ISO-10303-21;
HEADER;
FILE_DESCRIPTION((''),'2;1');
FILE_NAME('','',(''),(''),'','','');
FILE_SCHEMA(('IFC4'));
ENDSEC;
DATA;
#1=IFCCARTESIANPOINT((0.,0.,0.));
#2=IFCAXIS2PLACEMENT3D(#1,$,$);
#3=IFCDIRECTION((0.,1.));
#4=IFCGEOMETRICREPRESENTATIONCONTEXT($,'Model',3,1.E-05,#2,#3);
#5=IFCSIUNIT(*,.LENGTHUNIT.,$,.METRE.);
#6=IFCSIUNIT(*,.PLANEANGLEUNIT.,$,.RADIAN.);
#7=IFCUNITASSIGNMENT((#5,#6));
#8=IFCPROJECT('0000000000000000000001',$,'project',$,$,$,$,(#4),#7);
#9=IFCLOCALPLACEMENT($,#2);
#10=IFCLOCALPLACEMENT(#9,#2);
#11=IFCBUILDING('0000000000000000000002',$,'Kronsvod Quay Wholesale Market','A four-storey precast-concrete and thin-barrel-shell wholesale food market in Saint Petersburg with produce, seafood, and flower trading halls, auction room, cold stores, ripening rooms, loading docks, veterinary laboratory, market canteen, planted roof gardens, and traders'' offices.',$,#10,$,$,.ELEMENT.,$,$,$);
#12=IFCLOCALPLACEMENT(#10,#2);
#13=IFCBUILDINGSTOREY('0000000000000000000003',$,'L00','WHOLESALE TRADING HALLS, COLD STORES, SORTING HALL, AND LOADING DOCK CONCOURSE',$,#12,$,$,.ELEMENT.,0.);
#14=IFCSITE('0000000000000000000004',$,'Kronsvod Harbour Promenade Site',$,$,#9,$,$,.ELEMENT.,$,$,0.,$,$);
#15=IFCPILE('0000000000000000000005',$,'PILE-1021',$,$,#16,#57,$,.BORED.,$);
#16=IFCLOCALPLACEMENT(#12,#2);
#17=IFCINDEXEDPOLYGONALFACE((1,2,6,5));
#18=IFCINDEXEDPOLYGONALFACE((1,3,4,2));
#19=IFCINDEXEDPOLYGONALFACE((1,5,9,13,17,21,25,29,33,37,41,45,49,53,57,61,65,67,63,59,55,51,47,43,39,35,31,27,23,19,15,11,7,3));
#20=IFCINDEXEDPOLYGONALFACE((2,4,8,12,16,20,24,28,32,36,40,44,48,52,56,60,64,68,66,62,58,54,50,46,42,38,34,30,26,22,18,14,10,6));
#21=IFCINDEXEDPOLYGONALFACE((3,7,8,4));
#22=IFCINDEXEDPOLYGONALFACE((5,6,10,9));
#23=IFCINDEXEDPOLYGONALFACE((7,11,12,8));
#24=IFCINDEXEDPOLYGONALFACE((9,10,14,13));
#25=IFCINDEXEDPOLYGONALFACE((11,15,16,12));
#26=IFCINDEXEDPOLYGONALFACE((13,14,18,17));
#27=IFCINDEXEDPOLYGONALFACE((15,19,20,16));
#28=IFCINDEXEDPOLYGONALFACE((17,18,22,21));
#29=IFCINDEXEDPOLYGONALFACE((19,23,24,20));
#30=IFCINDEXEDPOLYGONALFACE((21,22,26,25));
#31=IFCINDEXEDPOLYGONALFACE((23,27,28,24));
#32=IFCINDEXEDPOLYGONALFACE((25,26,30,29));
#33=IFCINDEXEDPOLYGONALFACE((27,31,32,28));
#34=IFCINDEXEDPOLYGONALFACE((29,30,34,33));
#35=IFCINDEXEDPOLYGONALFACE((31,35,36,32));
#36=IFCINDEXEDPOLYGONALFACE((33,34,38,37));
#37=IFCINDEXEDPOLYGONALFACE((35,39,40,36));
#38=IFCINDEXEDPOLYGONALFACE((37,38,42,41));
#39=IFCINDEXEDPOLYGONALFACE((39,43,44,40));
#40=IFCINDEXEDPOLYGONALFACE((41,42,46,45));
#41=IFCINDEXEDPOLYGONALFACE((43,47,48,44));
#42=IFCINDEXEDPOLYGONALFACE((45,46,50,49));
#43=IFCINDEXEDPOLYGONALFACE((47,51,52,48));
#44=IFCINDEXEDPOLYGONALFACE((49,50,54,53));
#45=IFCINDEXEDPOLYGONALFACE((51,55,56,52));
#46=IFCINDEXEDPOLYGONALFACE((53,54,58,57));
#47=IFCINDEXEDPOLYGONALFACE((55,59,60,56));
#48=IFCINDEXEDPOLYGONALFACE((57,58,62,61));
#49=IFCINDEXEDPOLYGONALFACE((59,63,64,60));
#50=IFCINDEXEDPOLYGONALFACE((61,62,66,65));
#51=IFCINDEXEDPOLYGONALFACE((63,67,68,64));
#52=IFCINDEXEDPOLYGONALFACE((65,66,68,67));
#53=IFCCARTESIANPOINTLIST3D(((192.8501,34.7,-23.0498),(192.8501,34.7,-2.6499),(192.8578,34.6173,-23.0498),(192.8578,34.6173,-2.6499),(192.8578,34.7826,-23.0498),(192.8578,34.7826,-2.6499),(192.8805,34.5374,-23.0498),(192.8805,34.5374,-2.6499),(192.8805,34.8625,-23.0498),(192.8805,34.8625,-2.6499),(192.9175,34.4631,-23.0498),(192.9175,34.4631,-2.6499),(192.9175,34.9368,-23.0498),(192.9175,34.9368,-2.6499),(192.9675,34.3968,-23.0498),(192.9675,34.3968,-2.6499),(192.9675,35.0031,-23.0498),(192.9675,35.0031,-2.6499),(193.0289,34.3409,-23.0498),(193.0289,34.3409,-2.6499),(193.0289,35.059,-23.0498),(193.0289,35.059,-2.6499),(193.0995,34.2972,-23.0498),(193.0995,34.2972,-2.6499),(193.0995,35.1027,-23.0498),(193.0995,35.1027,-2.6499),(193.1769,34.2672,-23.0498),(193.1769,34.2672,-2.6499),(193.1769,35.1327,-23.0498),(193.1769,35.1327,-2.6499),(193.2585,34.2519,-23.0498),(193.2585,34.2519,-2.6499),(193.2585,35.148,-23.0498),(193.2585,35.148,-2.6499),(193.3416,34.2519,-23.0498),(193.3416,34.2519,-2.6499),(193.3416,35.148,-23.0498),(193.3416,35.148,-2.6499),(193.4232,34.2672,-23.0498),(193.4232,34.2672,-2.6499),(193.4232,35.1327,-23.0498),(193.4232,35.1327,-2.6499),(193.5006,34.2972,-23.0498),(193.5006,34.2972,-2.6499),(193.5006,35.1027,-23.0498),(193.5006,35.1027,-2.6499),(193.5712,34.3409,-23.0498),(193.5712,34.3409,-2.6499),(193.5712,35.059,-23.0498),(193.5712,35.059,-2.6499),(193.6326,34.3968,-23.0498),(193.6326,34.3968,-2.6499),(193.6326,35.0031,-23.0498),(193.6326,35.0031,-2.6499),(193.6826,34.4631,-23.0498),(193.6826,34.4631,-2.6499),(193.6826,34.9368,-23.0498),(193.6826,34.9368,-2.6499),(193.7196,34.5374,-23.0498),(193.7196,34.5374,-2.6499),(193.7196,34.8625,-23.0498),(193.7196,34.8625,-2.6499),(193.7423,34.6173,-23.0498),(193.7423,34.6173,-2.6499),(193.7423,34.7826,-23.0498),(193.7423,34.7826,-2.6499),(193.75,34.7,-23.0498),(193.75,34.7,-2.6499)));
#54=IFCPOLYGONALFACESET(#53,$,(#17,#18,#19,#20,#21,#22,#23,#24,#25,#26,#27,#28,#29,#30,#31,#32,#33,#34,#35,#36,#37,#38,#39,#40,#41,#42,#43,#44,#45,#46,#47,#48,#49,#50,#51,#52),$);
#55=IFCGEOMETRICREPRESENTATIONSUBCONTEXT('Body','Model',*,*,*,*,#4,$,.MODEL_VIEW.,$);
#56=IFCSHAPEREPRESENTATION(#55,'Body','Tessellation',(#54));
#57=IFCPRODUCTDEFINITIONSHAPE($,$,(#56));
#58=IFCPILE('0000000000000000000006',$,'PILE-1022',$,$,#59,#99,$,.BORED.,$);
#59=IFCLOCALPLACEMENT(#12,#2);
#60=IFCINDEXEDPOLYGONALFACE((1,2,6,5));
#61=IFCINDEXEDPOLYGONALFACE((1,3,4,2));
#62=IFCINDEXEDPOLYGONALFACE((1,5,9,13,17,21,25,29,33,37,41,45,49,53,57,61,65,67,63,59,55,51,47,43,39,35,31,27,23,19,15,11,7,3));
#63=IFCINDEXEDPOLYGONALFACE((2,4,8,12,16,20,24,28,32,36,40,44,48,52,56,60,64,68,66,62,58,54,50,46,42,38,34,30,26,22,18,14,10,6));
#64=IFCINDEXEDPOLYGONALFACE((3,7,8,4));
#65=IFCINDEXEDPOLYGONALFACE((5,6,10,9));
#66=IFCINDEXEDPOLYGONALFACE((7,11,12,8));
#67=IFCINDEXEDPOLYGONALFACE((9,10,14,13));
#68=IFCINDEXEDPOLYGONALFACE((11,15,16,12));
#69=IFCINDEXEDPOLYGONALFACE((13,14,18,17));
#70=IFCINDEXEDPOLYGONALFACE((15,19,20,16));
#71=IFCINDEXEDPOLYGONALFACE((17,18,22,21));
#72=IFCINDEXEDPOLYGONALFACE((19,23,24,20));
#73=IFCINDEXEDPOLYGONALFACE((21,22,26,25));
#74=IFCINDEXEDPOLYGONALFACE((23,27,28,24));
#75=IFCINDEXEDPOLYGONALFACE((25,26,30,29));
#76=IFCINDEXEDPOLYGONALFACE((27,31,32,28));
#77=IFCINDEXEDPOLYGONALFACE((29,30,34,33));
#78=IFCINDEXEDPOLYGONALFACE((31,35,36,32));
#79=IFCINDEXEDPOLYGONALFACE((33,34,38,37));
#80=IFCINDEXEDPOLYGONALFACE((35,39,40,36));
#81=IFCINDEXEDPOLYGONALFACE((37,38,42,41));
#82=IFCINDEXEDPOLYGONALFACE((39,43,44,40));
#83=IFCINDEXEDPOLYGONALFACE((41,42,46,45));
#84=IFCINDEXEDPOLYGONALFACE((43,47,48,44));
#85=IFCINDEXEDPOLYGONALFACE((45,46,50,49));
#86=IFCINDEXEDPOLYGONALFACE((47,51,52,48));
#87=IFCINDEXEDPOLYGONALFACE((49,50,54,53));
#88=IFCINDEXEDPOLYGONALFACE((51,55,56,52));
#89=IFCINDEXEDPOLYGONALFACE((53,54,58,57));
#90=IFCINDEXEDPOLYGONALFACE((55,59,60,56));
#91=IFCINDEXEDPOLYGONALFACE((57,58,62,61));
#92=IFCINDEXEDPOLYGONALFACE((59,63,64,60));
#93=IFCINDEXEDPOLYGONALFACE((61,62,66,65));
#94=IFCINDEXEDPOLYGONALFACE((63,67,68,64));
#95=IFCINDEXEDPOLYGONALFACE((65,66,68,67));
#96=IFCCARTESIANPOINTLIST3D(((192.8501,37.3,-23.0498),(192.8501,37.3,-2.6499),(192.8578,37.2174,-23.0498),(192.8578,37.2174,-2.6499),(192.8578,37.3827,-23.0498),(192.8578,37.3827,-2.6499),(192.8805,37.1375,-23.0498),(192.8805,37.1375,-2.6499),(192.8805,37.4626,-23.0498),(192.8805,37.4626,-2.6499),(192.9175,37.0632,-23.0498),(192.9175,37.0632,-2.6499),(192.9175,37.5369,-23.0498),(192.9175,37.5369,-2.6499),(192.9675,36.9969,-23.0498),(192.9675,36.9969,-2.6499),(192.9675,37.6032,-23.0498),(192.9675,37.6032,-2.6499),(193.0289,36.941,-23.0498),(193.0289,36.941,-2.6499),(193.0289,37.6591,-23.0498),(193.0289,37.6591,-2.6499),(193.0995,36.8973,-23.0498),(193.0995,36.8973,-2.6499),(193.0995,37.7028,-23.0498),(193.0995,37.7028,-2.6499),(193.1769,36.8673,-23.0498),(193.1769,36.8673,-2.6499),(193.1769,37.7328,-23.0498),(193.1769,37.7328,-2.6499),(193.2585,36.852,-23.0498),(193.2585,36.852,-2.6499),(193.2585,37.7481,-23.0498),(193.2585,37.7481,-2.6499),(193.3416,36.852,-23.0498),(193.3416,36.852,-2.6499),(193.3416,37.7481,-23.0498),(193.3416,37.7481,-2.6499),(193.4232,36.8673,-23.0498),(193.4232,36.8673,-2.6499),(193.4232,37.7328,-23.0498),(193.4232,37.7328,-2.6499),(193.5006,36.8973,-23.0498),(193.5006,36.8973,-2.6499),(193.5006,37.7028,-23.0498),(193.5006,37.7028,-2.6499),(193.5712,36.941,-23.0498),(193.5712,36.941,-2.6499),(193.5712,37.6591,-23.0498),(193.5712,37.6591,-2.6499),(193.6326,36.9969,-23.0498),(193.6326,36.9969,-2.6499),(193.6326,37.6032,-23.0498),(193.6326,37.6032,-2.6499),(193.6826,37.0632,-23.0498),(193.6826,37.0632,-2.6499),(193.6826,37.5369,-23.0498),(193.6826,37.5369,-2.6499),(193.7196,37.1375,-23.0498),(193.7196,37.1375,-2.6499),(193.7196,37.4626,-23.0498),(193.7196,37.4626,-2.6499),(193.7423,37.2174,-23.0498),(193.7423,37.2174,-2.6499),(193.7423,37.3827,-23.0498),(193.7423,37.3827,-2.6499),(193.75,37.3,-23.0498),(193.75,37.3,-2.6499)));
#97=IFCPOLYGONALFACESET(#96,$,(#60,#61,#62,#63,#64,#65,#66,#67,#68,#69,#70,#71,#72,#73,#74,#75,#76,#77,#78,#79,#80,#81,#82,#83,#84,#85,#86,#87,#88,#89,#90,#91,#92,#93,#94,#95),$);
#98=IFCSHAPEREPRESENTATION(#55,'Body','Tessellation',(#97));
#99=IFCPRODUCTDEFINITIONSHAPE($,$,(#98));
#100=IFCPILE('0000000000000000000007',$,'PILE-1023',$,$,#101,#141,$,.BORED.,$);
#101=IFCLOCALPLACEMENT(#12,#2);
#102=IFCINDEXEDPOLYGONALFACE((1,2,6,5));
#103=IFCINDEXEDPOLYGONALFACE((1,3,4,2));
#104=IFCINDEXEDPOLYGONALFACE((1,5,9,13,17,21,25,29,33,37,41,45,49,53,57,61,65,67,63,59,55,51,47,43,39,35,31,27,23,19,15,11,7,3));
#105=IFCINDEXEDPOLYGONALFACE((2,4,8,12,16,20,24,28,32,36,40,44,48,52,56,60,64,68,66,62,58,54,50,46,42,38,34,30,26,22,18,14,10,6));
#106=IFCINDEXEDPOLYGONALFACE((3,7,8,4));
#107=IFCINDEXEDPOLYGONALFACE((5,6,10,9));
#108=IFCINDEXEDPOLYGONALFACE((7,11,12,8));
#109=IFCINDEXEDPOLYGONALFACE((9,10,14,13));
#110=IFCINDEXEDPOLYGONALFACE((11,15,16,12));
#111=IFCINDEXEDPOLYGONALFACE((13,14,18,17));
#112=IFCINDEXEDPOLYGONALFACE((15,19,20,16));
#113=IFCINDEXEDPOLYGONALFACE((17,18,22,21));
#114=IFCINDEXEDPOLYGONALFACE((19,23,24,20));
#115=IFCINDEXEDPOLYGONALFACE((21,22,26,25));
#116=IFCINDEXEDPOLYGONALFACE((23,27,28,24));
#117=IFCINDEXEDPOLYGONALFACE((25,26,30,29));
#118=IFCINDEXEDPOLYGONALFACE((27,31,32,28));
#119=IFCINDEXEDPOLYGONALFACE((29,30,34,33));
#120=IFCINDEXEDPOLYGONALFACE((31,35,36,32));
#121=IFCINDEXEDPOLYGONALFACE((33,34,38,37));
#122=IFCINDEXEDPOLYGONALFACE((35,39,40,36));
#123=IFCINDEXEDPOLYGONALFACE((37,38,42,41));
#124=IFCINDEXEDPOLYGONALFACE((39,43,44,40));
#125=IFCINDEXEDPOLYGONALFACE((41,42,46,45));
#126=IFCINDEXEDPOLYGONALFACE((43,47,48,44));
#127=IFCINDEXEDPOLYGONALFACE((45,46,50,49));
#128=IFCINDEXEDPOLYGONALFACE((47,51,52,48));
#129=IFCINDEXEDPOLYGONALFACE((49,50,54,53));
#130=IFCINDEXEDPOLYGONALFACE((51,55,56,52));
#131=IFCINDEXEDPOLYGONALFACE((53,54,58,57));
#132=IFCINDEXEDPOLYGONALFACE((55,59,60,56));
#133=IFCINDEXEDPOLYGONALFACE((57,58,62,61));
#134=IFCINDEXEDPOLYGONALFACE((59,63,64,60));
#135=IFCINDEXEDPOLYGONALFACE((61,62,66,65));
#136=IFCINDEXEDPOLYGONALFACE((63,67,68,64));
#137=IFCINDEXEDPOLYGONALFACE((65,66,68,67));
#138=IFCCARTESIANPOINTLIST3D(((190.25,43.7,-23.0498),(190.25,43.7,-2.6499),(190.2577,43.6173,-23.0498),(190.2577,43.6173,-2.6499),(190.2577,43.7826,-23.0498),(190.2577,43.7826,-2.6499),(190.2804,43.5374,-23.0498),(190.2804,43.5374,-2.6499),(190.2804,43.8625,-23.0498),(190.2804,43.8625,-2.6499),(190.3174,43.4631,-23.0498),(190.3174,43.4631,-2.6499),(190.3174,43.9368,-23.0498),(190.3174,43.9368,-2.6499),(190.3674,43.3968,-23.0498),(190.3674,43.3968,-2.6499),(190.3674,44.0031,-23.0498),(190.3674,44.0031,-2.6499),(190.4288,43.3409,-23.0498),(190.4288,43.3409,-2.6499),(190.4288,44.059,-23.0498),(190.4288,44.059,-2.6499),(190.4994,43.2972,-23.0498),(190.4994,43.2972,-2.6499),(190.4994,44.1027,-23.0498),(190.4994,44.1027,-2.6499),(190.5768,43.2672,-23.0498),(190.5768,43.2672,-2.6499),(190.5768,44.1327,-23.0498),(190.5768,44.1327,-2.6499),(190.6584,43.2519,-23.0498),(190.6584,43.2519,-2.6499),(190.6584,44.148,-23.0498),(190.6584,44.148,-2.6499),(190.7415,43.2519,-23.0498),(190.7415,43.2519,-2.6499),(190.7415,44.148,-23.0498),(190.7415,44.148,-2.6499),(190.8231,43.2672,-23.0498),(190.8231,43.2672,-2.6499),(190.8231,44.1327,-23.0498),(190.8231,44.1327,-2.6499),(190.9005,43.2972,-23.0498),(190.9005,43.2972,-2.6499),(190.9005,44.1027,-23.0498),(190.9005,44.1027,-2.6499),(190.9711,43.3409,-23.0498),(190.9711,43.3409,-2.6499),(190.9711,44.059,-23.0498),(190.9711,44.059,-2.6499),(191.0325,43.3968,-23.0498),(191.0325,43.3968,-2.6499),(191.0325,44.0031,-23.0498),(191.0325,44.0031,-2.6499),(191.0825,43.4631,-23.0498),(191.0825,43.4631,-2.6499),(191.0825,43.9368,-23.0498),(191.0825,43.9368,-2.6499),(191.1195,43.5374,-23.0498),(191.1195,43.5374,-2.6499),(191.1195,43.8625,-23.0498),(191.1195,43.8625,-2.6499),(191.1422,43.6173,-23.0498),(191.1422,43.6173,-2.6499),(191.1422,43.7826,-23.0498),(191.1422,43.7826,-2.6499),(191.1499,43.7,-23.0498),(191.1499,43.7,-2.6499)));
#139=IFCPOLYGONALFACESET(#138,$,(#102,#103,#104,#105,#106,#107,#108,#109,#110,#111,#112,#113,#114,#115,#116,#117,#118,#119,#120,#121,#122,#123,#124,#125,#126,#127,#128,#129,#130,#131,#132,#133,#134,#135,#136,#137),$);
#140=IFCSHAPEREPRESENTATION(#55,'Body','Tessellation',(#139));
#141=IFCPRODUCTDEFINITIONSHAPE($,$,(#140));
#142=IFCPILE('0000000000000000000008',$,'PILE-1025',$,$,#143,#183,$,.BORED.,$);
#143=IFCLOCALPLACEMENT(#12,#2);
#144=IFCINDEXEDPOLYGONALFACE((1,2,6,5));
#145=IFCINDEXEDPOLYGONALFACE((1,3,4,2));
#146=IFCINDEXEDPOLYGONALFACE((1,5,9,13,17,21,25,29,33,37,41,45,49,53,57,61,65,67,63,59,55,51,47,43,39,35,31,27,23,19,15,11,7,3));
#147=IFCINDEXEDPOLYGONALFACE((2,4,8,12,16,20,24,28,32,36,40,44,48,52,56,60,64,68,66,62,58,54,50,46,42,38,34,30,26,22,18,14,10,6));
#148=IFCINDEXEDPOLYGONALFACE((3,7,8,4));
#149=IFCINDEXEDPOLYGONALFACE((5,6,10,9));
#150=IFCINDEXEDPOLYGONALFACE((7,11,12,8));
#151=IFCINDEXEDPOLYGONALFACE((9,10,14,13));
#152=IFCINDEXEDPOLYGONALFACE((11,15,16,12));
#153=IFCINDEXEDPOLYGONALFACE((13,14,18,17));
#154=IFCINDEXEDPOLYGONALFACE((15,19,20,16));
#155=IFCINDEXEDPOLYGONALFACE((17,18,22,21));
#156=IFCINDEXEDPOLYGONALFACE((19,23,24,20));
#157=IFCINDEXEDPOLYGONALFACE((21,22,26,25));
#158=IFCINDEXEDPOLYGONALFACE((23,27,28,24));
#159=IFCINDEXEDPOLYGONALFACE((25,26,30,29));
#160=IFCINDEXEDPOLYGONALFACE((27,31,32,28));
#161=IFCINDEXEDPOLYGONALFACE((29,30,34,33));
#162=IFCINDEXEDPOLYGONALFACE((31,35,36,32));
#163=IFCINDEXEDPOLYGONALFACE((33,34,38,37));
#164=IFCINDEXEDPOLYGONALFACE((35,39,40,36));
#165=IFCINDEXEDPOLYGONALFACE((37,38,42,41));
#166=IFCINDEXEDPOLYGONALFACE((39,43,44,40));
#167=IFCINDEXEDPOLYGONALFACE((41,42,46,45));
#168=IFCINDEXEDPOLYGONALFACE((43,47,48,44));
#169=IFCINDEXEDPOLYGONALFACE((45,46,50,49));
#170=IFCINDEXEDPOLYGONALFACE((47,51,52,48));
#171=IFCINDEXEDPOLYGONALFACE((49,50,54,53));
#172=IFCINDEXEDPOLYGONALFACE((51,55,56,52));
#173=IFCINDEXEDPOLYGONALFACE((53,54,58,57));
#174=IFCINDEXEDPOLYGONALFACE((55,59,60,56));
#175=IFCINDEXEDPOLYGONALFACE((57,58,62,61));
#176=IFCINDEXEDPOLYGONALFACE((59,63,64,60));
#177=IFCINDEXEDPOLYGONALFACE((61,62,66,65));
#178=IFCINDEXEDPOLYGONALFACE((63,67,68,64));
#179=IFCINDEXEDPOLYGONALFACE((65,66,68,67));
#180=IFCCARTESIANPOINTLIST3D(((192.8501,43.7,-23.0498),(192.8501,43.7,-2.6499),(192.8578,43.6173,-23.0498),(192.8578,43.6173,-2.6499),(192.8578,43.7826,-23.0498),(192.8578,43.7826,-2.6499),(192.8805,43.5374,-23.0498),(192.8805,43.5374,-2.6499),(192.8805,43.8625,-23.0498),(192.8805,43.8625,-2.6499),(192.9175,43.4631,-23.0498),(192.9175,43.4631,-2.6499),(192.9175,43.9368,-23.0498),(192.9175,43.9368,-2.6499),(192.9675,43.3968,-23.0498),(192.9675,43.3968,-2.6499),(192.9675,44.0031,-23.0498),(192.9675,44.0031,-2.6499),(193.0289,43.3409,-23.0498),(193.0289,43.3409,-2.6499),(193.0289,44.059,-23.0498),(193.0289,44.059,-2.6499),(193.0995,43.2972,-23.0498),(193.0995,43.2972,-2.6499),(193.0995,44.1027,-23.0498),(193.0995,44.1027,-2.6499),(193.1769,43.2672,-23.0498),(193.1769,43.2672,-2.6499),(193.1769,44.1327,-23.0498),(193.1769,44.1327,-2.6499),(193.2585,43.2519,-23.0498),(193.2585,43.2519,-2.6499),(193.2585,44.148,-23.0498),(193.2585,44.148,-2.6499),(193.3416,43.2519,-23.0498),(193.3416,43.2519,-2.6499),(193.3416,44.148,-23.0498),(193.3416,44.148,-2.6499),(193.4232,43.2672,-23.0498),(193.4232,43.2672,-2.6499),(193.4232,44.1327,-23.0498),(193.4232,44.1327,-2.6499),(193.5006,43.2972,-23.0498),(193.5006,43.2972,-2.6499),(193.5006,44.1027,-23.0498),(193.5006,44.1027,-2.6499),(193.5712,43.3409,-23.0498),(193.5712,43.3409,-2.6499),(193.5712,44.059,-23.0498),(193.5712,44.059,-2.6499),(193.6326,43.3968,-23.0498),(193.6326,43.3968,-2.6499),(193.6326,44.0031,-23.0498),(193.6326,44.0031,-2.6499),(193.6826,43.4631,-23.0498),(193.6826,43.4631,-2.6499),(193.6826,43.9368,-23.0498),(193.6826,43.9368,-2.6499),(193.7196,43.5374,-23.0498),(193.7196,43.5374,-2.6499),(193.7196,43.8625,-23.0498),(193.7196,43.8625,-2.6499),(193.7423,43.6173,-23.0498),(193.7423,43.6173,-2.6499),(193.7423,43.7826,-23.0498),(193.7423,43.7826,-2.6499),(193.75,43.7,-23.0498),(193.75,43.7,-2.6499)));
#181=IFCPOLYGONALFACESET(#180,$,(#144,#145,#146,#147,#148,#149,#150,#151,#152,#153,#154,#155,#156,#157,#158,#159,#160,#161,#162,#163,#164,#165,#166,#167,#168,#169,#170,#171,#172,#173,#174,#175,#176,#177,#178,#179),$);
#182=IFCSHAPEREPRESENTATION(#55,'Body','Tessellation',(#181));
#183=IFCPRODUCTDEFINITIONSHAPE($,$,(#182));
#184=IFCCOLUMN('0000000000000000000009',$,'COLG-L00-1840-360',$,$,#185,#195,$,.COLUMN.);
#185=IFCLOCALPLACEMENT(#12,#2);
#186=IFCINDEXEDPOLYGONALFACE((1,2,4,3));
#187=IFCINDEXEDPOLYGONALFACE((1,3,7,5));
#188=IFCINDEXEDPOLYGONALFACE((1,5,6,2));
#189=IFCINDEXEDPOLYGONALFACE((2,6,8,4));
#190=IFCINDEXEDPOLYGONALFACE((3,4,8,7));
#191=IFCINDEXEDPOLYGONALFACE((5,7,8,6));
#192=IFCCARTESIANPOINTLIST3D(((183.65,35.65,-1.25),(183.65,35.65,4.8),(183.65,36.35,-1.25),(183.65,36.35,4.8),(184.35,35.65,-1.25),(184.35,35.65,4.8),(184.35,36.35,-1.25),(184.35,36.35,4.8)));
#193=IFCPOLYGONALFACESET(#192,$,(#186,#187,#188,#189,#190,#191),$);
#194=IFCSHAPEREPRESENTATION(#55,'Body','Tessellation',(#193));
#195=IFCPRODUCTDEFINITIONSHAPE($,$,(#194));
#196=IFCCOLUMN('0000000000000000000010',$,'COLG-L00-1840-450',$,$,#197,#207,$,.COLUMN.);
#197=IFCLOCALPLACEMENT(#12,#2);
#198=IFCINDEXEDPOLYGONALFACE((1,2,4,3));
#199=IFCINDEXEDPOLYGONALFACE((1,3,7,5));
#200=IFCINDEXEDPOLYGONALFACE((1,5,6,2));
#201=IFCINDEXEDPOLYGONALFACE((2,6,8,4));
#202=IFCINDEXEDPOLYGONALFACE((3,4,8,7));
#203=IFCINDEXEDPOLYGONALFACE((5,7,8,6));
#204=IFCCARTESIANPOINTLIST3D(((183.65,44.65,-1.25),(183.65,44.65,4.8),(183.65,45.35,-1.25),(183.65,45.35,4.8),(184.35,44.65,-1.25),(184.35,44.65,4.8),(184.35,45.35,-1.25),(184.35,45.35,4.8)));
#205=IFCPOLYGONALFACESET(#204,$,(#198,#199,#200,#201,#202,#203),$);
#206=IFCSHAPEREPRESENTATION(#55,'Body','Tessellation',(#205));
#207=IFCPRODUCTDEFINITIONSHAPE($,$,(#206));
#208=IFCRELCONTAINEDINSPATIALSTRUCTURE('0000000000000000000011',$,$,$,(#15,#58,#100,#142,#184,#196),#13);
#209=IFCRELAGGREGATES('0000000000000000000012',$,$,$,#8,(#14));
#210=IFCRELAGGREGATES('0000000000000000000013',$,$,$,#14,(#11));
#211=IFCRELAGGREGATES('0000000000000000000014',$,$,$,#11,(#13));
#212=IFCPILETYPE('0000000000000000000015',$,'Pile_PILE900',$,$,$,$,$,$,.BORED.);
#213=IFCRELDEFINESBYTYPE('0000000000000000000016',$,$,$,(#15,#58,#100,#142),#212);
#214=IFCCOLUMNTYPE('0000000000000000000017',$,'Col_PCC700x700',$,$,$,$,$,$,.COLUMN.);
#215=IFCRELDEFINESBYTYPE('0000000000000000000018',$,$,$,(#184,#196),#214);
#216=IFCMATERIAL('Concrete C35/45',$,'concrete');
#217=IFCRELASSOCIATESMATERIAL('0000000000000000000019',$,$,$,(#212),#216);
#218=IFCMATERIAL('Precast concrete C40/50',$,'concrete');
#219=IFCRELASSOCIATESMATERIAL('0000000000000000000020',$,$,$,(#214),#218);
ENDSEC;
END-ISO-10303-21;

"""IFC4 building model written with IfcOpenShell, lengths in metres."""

from ifc_helpers import new_model, si_unit, direction, frame, origin, origin_2d, place, context, subcontext, project, spatial, rectangle, circle, extrude, material, material_profile, profile_set, type_object, element, save


model = new_model("IFC4")

# Units and contexts
model_context = context("Model", 3, precision=1e-05, world=origin(), true_north=direction((0.0, 1.0)))
body_context = subcontext(model_context, "Body", "Model", "MODEL_VIEW")
ifc_project = project(units=[si_unit("LENGTHUNIT", "METRE"), si_unit("PLANEANGLEUNIT", "RADIAN")], contexts=[model_context])

# Site, building, storey
site_placement = place(None, origin())
site = spatial("IfcSite", under=ifc_project, at=site_placement, Name="Kronsvod Harbour Promenade Site", CompositionType="ELEMENT", RefElevation=0.0)
building_placement = place(site_placement, origin())
building = spatial("IfcBuilding", under=site, at=building_placement, Name="Kronsvod Quay Wholesale Market", Description="A four-storey precast-concrete and thin-barrel-shell wholesale food market in Saint Petersburg with produce, seafood, and flower trading halls, auction room, cold stores, ripening rooms, loading docks, veterinary laboratory, market canteen, planted roof gardens, and traders' offices.", CompositionType="ELEMENT")
storey_placement = place(building_placement, origin())
storey = spatial("IfcBuildingStorey", under=building, at=storey_placement, Name="L00", Description="WHOLESALE TRADING HALLS, COLD STORES, SORTING HALL, AND LOADING DOCK CONCOURSE", CompositionType="ELEMENT", Elevation=0.0)

# Piles
ifc_material_1 = material(Name="Concrete C35/45", Category="concrete")
ifc_material_profile_1 = material_profile(ifc_material_1, circle(Radius=0.45, at=origin_2d()), Name="PILE900")
ifc_profile_set_1 = profile_set([ifc_material_profile_1], Name="Concrete C35/45")
pile_type = type_object("IfcPileType", Name="Pile_PILE900", PredefinedType="BORED", material=ifc_profile_set_1)
for number, where, z_axis, x_axis, name in (
    (1, (193.3, 34.7, -2.6499), (0.0, 0.0, -1.0), (1.0, 0.0, 0.0), "PILE-1021"),
    (2, (193.3, 37.3, -2.6499), (0.0, 0.0, -1.0), (1.0, 0.0, 0.0), "PILE-1022"),
    (3, (190.7, 43.7, -2.6499), (0.0, 0.0, -1.0), (1.0, 0.0, 0.0), "PILE-1023"),
    (4, (193.3, 43.7, -2.6499), (0.0, 0.0, -1.0), (1.0, 0.0, 0.0), "PILE-1025"),
):
    element("IfcPile", number, at=place(storey_placement, frame(where, z_axis=z_axis, x_axis=x_axis)), inside=storey, type_object=pile_type, Name=name, PredefinedType="BORED", context=body_context, shape_type="SweptSolid", body=[
        extrude(circle(Radius=0.45, at=origin_2d()), origin(), (0.0, 0.0, 1.0), 20.3999),
    ])

# Columns
ifc_material_2 = material(Name="Precast concrete C40/50", Category="concrete")
ifc_material_profile_2 = material_profile(ifc_material_2, rectangle(XDim=0.7, YDim=0.7, at=origin_2d()), Name="PCC700x700")
ifc_profile_set_2 = profile_set([ifc_material_profile_2], Name="Precast concrete C40/50")
column_type_1 = type_object("IfcColumnType", Name="Col_PCC700x700", PredefinedType="COLUMN", material=ifc_profile_set_2)
for number, where, z_axis, x_axis, name in (
    (5, (184.0, 36.0, -1.25), (0.0, 0.0, 1.0), (1.0, 0.0, 0.0), "COLG-L00-1840-360"),
    (6, (184.0, 45.0, -1.25), (0.0, 0.0, 1.0), (1.0, 0.0, 0.0), "COLG-L00-1840-450"),
):
    element("IfcColumn", number, at=place(storey_placement, frame(where, z_axis=z_axis, x_axis=x_axis)), inside=storey, type_object=column_type_1, Name=name, PredefinedType="COLUMN", context=body_context, shape_type="SweptSolid", body=[
        extrude(rectangle(XDim=0.7, YDim=0.7, at=origin_2d()), origin(), (0.0, 0.0, 1.0), 6.05),
    ])

save(model, "model.ifc")
